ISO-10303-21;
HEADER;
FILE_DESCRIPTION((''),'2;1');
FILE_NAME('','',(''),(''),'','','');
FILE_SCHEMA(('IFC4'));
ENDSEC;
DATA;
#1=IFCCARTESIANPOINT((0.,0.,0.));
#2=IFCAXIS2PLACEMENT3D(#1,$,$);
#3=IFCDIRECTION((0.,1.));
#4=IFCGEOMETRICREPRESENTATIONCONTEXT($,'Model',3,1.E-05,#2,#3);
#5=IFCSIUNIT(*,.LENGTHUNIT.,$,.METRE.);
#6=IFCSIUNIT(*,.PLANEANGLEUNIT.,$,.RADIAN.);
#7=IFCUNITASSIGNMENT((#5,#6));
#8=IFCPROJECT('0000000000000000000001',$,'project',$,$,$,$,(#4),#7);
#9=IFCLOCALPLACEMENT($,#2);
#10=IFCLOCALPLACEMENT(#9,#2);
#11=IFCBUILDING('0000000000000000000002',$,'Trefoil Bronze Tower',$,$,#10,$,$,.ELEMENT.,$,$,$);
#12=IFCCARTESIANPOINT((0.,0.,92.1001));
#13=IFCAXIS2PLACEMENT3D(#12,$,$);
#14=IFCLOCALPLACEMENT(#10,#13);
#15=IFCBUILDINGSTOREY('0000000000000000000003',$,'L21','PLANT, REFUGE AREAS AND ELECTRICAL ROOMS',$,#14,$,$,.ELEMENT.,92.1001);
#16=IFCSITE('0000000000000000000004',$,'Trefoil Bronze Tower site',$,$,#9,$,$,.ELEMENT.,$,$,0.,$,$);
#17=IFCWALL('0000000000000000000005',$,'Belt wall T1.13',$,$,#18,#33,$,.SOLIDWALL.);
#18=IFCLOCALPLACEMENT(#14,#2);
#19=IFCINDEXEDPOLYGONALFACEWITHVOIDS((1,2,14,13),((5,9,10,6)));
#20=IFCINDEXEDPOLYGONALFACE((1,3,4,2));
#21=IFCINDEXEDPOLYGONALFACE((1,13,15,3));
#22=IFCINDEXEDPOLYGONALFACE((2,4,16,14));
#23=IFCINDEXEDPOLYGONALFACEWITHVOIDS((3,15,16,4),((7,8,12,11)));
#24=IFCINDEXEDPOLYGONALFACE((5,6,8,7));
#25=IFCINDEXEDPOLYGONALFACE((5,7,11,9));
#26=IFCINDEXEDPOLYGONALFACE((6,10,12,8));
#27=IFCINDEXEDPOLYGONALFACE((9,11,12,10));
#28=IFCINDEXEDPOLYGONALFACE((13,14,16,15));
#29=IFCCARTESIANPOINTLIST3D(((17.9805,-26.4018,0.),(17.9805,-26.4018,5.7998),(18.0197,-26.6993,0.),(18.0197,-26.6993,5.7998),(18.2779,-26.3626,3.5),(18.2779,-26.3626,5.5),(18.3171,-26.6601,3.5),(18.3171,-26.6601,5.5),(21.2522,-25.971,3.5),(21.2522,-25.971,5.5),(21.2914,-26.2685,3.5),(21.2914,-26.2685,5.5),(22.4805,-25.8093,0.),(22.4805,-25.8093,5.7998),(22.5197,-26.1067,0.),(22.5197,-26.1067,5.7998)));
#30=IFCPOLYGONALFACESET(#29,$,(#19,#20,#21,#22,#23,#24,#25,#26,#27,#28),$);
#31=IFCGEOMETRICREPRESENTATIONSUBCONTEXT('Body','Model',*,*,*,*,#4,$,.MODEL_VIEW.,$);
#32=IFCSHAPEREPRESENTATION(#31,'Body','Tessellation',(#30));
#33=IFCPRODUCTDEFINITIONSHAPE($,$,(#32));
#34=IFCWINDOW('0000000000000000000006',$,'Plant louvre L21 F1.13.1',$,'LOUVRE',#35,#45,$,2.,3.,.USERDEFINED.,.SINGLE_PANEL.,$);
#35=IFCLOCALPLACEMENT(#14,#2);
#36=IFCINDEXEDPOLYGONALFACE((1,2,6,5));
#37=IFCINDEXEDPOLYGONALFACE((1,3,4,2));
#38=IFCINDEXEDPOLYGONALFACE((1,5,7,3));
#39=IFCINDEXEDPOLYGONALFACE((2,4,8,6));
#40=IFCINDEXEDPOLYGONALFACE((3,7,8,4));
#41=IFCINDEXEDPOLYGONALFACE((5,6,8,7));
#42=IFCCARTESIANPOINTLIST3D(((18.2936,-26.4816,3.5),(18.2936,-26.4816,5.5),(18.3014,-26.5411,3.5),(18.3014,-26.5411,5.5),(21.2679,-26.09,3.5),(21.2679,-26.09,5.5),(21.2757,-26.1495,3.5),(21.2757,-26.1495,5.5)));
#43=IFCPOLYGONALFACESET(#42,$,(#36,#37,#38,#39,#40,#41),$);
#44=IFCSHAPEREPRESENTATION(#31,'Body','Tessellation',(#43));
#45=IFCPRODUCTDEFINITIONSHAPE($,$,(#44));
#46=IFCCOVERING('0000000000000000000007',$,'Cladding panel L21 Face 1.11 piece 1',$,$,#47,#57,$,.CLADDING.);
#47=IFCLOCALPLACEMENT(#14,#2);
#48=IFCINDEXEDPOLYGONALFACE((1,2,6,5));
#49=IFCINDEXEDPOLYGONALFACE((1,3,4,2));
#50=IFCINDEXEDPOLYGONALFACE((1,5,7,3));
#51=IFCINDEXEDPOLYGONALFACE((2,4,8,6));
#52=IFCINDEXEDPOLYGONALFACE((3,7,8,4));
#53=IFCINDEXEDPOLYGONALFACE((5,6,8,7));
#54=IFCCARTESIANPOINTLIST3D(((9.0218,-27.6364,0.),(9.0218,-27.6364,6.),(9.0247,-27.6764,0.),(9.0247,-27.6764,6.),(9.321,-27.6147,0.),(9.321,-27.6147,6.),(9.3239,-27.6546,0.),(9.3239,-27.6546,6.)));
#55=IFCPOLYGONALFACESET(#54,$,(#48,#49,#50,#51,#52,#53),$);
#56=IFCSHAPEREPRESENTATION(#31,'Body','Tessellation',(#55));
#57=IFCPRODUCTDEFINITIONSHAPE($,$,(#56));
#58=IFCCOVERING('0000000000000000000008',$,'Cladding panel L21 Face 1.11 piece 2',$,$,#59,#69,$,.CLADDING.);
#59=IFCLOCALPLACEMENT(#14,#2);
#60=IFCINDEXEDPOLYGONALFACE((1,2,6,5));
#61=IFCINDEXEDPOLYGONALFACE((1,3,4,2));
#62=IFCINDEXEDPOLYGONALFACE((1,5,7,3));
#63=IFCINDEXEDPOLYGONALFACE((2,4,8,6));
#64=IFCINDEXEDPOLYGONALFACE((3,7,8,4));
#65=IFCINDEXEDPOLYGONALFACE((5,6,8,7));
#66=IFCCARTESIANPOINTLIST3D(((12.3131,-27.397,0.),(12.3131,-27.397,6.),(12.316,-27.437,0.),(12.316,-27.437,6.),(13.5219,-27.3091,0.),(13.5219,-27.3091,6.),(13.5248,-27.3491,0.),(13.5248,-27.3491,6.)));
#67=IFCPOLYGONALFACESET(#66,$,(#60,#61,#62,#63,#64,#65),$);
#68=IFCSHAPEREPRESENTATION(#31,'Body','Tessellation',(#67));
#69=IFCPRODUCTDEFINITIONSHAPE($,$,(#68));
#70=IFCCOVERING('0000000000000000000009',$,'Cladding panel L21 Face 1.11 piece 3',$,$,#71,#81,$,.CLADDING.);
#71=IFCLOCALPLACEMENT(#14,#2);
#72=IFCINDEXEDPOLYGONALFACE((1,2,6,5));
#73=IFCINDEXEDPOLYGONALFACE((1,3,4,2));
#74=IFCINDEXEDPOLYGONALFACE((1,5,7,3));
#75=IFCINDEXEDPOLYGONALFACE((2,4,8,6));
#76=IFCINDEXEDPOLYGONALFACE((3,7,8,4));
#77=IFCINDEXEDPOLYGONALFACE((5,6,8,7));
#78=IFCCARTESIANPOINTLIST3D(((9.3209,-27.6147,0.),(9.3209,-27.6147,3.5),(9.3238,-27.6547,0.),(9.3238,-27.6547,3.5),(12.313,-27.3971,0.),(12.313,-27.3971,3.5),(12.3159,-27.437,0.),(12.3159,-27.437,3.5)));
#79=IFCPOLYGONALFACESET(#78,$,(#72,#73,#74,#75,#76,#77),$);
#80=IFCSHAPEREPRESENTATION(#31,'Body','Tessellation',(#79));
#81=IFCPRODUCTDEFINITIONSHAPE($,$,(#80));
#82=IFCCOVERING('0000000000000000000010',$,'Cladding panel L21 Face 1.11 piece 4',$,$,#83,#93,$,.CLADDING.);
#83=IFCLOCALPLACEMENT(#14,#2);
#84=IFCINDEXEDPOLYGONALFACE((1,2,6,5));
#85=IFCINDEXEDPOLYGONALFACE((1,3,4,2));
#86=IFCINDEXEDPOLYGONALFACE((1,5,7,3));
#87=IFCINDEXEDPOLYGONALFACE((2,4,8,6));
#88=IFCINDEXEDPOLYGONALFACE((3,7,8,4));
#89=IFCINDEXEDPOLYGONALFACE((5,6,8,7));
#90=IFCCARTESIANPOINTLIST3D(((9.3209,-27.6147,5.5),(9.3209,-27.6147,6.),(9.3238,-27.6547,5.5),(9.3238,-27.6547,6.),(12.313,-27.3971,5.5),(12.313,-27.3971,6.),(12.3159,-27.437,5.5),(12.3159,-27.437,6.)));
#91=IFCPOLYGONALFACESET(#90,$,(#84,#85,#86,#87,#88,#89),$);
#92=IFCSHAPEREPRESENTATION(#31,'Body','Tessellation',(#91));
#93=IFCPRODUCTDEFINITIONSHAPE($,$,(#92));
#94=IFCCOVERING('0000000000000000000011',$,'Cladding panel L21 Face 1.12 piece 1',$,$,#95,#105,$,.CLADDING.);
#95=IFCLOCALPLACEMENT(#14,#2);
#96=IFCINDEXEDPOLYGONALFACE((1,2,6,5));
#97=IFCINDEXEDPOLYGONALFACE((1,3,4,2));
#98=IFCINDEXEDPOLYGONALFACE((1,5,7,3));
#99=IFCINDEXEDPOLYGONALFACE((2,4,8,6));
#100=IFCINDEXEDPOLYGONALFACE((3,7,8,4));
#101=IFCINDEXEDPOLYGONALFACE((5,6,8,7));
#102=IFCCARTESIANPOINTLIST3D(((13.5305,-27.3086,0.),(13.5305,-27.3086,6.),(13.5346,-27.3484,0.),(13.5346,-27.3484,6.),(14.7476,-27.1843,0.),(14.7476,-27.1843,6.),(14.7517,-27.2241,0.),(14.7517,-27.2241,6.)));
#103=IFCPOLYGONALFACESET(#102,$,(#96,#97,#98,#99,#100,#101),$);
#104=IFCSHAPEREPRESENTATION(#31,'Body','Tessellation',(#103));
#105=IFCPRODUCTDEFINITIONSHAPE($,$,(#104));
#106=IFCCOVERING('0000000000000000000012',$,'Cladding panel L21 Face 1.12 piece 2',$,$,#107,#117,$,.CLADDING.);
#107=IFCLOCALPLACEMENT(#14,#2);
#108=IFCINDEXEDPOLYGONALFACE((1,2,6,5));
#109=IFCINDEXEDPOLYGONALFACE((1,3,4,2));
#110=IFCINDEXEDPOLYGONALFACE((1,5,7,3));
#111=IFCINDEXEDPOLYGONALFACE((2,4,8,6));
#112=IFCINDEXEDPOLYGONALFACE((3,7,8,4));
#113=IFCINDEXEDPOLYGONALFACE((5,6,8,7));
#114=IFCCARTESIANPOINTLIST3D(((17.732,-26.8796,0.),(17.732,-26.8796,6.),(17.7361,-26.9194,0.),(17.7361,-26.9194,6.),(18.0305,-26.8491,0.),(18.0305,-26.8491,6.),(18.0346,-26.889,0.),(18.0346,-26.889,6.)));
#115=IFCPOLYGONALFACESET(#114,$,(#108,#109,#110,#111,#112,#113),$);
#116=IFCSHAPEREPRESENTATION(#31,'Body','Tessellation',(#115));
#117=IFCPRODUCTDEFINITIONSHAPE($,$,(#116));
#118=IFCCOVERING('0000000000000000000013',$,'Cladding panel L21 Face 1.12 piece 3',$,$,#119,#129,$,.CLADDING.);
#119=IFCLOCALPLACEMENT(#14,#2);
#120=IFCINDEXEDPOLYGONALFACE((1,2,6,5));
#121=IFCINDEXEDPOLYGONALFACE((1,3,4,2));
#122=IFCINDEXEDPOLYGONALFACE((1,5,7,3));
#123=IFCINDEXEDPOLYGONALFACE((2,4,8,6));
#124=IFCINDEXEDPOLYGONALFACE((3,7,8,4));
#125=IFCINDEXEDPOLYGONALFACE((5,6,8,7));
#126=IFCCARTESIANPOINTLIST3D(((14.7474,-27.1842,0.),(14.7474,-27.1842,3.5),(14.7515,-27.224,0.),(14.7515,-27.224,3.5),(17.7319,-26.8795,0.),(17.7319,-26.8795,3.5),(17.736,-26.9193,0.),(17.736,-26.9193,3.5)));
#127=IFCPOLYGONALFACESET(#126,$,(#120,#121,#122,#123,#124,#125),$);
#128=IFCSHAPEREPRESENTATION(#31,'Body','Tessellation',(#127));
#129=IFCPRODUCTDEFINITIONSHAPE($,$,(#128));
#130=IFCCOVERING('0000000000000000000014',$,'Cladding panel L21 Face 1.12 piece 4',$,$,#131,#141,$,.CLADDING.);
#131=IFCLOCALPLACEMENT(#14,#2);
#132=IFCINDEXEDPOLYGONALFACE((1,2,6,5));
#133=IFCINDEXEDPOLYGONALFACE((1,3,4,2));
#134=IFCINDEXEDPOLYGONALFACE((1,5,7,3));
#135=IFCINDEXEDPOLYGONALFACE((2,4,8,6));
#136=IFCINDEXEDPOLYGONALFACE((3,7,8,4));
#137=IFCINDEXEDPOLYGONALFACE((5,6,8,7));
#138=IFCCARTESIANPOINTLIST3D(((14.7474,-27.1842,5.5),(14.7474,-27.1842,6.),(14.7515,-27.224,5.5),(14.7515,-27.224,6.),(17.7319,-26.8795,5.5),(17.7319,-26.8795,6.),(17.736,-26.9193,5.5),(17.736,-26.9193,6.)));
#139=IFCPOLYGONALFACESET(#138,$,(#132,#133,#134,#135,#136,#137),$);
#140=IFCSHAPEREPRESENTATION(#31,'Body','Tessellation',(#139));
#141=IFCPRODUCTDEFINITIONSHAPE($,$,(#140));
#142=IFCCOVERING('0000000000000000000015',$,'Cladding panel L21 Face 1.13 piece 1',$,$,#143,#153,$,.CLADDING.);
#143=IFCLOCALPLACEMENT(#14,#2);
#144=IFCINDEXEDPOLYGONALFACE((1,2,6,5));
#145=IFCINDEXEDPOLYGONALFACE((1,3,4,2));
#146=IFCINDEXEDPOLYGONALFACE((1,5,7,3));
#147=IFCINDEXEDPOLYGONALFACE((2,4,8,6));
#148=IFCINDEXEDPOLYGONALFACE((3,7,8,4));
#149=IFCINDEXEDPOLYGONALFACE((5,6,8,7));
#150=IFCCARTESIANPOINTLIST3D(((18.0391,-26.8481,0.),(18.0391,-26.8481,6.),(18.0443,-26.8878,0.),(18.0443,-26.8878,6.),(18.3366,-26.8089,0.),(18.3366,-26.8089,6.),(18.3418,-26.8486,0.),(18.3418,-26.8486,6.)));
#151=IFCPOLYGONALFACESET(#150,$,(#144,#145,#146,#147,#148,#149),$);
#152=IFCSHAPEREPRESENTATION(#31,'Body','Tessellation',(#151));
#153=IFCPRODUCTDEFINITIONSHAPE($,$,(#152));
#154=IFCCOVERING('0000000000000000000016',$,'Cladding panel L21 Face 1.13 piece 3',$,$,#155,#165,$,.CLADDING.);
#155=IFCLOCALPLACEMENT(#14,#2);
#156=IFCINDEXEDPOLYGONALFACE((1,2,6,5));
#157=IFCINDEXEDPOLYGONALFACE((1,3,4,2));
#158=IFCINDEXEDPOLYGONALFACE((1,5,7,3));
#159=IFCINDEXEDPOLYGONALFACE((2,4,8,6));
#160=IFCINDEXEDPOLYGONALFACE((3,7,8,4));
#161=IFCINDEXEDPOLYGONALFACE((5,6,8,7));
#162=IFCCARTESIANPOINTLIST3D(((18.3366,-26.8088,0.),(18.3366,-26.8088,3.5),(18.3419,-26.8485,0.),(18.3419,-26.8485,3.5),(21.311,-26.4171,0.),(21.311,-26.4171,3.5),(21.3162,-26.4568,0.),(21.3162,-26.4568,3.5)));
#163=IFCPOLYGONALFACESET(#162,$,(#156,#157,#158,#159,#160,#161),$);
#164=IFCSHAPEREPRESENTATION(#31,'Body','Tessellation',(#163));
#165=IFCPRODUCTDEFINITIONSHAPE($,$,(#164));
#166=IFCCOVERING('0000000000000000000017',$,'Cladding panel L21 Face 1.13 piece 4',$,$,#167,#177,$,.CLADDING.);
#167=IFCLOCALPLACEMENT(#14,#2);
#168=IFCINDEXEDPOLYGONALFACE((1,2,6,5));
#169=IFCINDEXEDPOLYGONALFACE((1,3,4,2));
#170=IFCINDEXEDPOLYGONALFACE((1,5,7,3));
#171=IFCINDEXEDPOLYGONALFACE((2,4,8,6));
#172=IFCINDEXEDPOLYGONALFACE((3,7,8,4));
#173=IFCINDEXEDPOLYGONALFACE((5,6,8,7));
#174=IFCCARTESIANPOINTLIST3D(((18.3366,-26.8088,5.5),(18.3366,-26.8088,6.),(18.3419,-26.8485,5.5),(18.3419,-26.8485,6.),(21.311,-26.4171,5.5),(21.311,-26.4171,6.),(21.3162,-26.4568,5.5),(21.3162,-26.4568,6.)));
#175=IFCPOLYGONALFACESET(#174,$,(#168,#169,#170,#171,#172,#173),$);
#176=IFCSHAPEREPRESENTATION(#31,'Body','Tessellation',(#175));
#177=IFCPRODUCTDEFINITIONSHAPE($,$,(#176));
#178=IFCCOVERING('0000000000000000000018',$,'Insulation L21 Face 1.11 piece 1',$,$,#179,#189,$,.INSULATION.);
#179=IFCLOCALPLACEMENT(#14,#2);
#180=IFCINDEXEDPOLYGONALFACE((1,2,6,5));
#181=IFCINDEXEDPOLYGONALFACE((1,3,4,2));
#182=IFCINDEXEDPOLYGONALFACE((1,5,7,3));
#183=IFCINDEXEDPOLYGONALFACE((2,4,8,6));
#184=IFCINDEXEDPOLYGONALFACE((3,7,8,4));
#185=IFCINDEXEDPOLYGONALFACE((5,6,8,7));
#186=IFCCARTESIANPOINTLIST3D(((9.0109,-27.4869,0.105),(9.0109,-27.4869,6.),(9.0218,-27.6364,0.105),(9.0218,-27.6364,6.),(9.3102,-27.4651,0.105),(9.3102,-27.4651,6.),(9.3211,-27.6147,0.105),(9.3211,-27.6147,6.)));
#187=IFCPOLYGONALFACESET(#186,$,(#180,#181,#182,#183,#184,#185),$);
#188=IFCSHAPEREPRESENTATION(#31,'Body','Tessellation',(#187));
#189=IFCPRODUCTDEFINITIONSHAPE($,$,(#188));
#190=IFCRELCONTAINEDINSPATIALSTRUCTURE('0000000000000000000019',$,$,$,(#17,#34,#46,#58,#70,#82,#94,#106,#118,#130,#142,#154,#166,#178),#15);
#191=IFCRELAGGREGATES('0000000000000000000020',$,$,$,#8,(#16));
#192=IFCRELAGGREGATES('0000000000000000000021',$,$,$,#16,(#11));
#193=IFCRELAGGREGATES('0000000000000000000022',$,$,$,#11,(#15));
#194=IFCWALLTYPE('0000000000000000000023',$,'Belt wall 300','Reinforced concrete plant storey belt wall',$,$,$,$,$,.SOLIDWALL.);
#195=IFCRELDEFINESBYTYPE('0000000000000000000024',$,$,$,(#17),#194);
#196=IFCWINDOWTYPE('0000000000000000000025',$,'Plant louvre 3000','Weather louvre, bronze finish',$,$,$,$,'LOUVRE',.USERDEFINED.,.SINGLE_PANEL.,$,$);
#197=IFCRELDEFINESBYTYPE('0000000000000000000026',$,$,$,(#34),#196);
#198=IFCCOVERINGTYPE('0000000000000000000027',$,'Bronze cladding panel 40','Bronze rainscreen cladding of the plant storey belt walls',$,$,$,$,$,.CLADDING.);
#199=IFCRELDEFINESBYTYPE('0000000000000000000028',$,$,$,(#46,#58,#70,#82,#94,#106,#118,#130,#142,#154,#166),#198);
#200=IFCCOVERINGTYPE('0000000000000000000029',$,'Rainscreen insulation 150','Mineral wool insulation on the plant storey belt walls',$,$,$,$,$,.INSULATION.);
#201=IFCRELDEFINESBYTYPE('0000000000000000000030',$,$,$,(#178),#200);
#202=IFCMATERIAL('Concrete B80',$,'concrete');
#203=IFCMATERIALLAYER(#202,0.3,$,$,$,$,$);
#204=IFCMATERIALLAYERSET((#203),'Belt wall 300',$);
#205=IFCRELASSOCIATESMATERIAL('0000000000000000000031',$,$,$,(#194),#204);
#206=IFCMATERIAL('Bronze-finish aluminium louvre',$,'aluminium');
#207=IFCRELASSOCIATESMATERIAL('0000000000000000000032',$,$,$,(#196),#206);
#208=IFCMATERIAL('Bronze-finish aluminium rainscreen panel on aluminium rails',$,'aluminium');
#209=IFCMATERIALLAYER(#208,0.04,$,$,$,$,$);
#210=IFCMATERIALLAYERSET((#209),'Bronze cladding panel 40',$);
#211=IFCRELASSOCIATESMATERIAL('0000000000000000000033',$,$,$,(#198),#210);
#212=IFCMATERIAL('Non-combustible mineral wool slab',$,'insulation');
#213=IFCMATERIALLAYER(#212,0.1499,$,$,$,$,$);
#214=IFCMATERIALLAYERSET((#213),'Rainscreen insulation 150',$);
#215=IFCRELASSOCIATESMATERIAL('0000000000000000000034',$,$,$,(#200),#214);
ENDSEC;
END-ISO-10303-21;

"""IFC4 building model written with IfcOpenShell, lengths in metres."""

from ifc_helpers import new_model, si_unit, direction, frame, frame_2d, origin, origin_2d, place, context, subcontext, project, spatial, rectangle, extrude, material, layer, layer_set, type_object, element, fill, save


model = new_model("IFC4")

# Units and contexts
model_context = context("Model", 3, precision=1e-05, world=origin(), true_north=direction((0.0, 1.0)))
body_context = subcontext(model_context, "Body", "Model", "MODEL_VIEW")
ifc_project = project(units=[si_unit("LENGTHUNIT", "METRE"), si_unit("PLANEANGLEUNIT", "RADIAN")], contexts=[model_context])

# Site, building, storey
site_placement = place(None, origin())
site = spatial("IfcSite", under=ifc_project, at=site_placement, Name="Trefoil Bronze Tower site", CompositionType="ELEMENT", RefElevation=0.0)
building_placement = place(site_placement, origin())
building = spatial("IfcBuilding", under=site, at=building_placement, Name="Trefoil Bronze Tower", CompositionType="ELEMENT")
storey_placement = place(building_placement, frame((0.0, 0.0, 92.1001)))
storey = spatial("IfcBuildingStorey", under=building, at=storey_placement, Name="L21", Description="PLANT, REFUGE AREAS AND ELECTRICAL ROOMS", CompositionType="ELEMENT", Elevation=92.1001)

# Wall, opening, window
ifc_material_1 = material(Name="Concrete B80", Category="concrete")
ifc_layer_1 = layer(ifc_material_1, 0.3)
ifc_layer_set_1 = layer_set([ifc_layer_1], Name="Belt wall 300")
wall_type = type_object("IfcWallType", Name="Belt wall 300", Description="Reinforced concrete plant storey belt wall", PredefinedType="SOLIDWALL", material=ifc_layer_set_1)
ifc_material_2 = material(Name="Bronze-finish aluminium louvre", Category="aluminium")
window_type = type_object("IfcWindowType", Name="Plant louvre 3000", Description="Weather louvre, bronze finish", ElementType="LOUVRE", PartitioningType="SINGLE_PANEL", PredefinedType="USERDEFINED", material=ifc_material_2)
wall_1_placement = place(storey_placement, frame((18.0, -26.5505, 0.0), z_axis=(0.0, 0.0, 1.0), x_axis=(0.991442, 0.130546, 0.0)))
wall_1 = element("IfcWall", 1, at=wall_1_placement, inside=storey, type_object=wall_type, Name="Belt wall T1.13", PredefinedType="SOLIDWALL", context=body_context, shape_type="SweptSolid", body=[
    extrude(rectangle(XDim=4.5388, YDim=0.3, at=frame_2d((2.2695, 0.0))), origin(), (0.0, 0.0, 1.0), 5.7998),
])
opening_1_placement = place(wall_1_placement, frame((0.3, 0.0, 3.5)))
opening_1 = element("IfcOpeningElement", 2, at=opening_1_placement, cuts=wall_1, PredefinedType="OPENING", context=body_context, shape_type="SweptSolid", body=[
    extrude(rectangle(XDim=3.0, YDim=2.0, at=frame_2d((1.5, 1.0))), frame((0.0, 0.1599, 0.0), z_axis=(0.0, -1.0, 0.0), x_axis=(1.0, 0.0, 0.0)), (0.0, 0.0, 1.0), 0.3201),
])
window_1_placement = place(opening_1_placement, origin())
window_1 = element("IfcWindow", 3, at=window_1_placement, inside=storey, type_object=window_type, Name="Plant louvre L21 F1.13.1", ObjectType="LOUVRE", OverallHeight=2.0, OverallWidth=3.0, PartitioningType="SINGLE_PANEL", PredefinedType="USERDEFINED", context=body_context, shape_type="SweptSolid", body=[
    extrude(rectangle(XDim=3.0, YDim=2.0, at=frame_2d((1.5, 1.0))), frame((0.0, 0.03, 0.0), z_axis=(0.0, -1.0, 0.0), x_axis=(1.0, 0.0, 0.0)), (0.0, 0.0, 1.0), 0.0601),
])
fill(opening_1, window_1)

# Coverings
ifc_material_3 = material(Name="Bronze-finish aluminium rainscreen panel on aluminium rails", Category="aluminium")
ifc_layer_2 = layer(ifc_material_3, 0.04)
ifc_layer_set_2 = layer_set([ifc_layer_2], Name="Bronze cladding panel 40")
covering_type_1 = type_object("IfcCoveringType", Name="Bronze cladding panel 40", Description="Bronze rainscreen cladding of the plant storey belt walls", PredefinedType="CLADDING", material=ifc_layer_set_2)
covering_1_placement = place(storey_placement, frame((9.1729, -27.6455, 0.0), z_axis=(0.0, 0.0, 1.0), x_axis=(0.997365, 0.072547, 0.0)))
element("IfcCovering", 4, at=covering_1_placement, inside=storey, type_object=covering_type_1, Name="Cladding panel L21 Face 1.11 piece 1", PredefinedType="CLADDING", context=body_context, shape_type="SweptSolid", body=[
    extrude(rectangle(XDim=0.3, YDim=0.04, at=origin_2d()), origin(), (0.0, 0.0, 1.0), 6.0),
])
covering_2_placement = place(storey_placement, frame((12.9189, -27.373, 0.0), z_axis=(0.0, 0.0, 1.0), x_axis=(0.997365, 0.072547, 0.0)))
element("IfcCovering", 5, at=covering_2_placement, inside=storey, type_object=covering_type_1, Name="Cladding panel L21 Face 1.11 piece 2", PredefinedType="CLADDING", context=body_context, shape_type="SweptSolid", body=[
    extrude(rectangle(XDim=1.2119, YDim=0.04, at=origin_2d()), origin(), (0.0, 0.0, 1.0), 6.0),
])
covering_3_placement = place(storey_placement, frame((10.8184, -27.5259, 0.0), z_axis=(0.0, 0.0, 1.0), x_axis=(0.997365, 0.072547, 0.0)))
element("IfcCovering", 6, at=covering_3_placement, inside=storey, type_object=covering_type_1, Name="Cladding panel L21 Face 1.11 piece 3", PredefinedType="CLADDING", context=body_context, shape_type="SweptSolid", body=[
    extrude(rectangle(XDim=3.0, YDim=0.04, at=origin_2d()), origin(), (0.0, 0.0, 1.0), 3.5),
])
covering_4_placement = place(storey_placement, frame((10.8184, -27.5259, 5.5), z_axis=(0.0, 0.0, 1.0), x_axis=(0.997365, 0.072547, 0.0)))
element("IfcCovering", 7, at=covering_4_placement, inside=storey, type_object=covering_type_1, Name="Cladding panel L21 Face 1.11 piece 4", PredefinedType="CLADDING", context=body_context, shape_type="SweptSolid", body=[
    extrude(rectangle(XDim=3.0, YDim=0.04, at=origin_2d()), origin(), (0.0, 0.0, 1.0), 0.5),
])
covering_5_placement = place(storey_placement, frame((14.1411, -27.2664, 0.0), z_axis=(0.0, 0.0, 1.0), x_axis=(0.994829, 0.101565, 0.0)))
element("IfcCovering", 8, at=covering_5_placement, inside=storey, type_object=covering_type_1, Name="Cladding panel L21 Face 1.12 piece 1", PredefinedType="CLADDING", context=body_context, shape_type="SweptSolid", body=[
    extrude(rectangle(XDim=1.2234, YDim=0.04, at=origin_2d()), origin(), (0.0, 0.0, 1.0), 6.0),
])
covering_6_placement = place(storey_placement, frame((17.8833, -26.8843, 0.0), z_axis=(0.0, 0.0, 1.0), x_axis=(0.994829, 0.101565, 0.0)))
element("IfcCovering", 9, at=covering_6_placement, inside=storey, type_object=covering_type_1, Name="Cladding panel L21 Face 1.12 piece 2", PredefinedType="CLADDING", context=body_context, shape_type="SweptSolid", body=[
    extrude(rectangle(XDim=0.3, YDim=0.04, at=origin_2d()), origin(), (0.0, 0.0, 1.0), 6.0),
])
covering_7_placement = place(storey_placement, frame((16.2417, -27.0518, 0.0), z_axis=(0.0, 0.0, 1.0), x_axis=(0.994829, 0.101565, 0.0)))
element("IfcCovering", 10, at=covering_7_placement, inside=storey, type_object=covering_type_1, Name="Cladding panel L21 Face 1.12 piece 3", PredefinedType="CLADDING", context=body_context, shape_type="SweptSolid", body=[
    extrude(rectangle(XDim=3.0, YDim=0.04, at=origin_2d()), origin(), (0.0, 0.0, 1.0), 3.5),
])
covering_8_placement = place(storey_placement, frame((16.2417, -27.0518, 5.5), z_axis=(0.0, 0.0, 1.0), x_axis=(0.994829, 0.101565, 0.0)))
element("IfcCovering", 11, at=covering_8_placement, inside=storey, type_object=covering_type_1, Name="Cladding panel L21 Face 1.12 piece 4", PredefinedType="CLADDING", context=body_context, shape_type="SweptSolid", body=[
    extrude(rectangle(XDim=3.0, YDim=0.04, at=origin_2d()), origin(), (0.0, 0.0, 1.0), 0.5),
])
covering_9_placement = place(storey_placement, frame((18.1904, -26.8484, 0.0), z_axis=(0.0, 0.0, 1.0), x_axis=(0.991437, 0.130584, 0.0)))
element("IfcCovering", 12, at=covering_9_placement, inside=storey, type_object=covering_type_1, Name="Cladding panel L21 Face 1.13 piece 1", PredefinedType="CLADDING", context=body_context, shape_type="SweptSolid", body=[
    extrude(rectangle(XDim=0.3, YDim=0.04, at=origin_2d()), origin(), (0.0, 0.0, 1.0), 6.0),
])
covering_10_placement = place(storey_placement, frame((19.8264, -26.6328, 0.0), z_axis=(0.0, 0.0, 1.0), x_axis=(0.991437, 0.130584, 0.0)))
element("IfcCovering", 13, at=covering_10_placement, inside=storey, type_object=covering_type_1, Name="Cladding panel L21 Face 1.13 piece 3", PredefinedType="CLADDING", context=body_context, shape_type="SweptSolid", body=[
    extrude(rectangle(XDim=3.0, YDim=0.04, at=origin_2d()), origin(), (0.0, 0.0, 1.0), 3.5),
])
covering_11_placement = place(storey_placement, frame((19.8264, -26.6328, 5.5), z_axis=(0.0, 0.0, 1.0), x_axis=(0.991437, 0.130584, 0.0)))
element("IfcCovering", 14, at=covering_11_placement, inside=storey, type_object=covering_type_1, Name="Cladding panel L21 Face 1.13 piece 4", PredefinedType="CLADDING", context=body_context, shape_type="SweptSolid", body=[
    extrude(rectangle(XDim=3.0, YDim=0.04, at=origin_2d()), origin(), (0.0, 0.0, 1.0), 0.5),
])
ifc_material_4 = material(Name="Non-combustible mineral wool slab", Category="insulation")
ifc_layer_3 = layer(ifc_material_4, 0.1499)
ifc_layer_set_3 = layer_set([ifc_layer_3], Name="Rainscreen insulation 150")
covering_type_2 = type_object("IfcCoveringType", Name="Rainscreen insulation 150", Description="Mineral wool insulation on the plant storey belt walls", PredefinedType="INSULATION", material=ifc_layer_set_3)
covering_12_placement = place(storey_placement, frame((9.166, -27.5508, 0.105), z_axis=(0.0, 0.0, 1.0), x_axis=(0.997365, 0.072547, 0.0)))
element("IfcCovering", 15, at=covering_12_placement, inside=storey, type_object=covering_type_2, Name="Insulation L21 Face 1.11 piece 1", PredefinedType="INSULATION", context=body_context, shape_type="SweptSolid", body=[
    extrude(rectangle(XDim=0.3, YDim=0.1499, at=origin_2d()), origin(), (0.0, 0.0, 1.0), 5.895),
])

save(model, "model.ifc")
